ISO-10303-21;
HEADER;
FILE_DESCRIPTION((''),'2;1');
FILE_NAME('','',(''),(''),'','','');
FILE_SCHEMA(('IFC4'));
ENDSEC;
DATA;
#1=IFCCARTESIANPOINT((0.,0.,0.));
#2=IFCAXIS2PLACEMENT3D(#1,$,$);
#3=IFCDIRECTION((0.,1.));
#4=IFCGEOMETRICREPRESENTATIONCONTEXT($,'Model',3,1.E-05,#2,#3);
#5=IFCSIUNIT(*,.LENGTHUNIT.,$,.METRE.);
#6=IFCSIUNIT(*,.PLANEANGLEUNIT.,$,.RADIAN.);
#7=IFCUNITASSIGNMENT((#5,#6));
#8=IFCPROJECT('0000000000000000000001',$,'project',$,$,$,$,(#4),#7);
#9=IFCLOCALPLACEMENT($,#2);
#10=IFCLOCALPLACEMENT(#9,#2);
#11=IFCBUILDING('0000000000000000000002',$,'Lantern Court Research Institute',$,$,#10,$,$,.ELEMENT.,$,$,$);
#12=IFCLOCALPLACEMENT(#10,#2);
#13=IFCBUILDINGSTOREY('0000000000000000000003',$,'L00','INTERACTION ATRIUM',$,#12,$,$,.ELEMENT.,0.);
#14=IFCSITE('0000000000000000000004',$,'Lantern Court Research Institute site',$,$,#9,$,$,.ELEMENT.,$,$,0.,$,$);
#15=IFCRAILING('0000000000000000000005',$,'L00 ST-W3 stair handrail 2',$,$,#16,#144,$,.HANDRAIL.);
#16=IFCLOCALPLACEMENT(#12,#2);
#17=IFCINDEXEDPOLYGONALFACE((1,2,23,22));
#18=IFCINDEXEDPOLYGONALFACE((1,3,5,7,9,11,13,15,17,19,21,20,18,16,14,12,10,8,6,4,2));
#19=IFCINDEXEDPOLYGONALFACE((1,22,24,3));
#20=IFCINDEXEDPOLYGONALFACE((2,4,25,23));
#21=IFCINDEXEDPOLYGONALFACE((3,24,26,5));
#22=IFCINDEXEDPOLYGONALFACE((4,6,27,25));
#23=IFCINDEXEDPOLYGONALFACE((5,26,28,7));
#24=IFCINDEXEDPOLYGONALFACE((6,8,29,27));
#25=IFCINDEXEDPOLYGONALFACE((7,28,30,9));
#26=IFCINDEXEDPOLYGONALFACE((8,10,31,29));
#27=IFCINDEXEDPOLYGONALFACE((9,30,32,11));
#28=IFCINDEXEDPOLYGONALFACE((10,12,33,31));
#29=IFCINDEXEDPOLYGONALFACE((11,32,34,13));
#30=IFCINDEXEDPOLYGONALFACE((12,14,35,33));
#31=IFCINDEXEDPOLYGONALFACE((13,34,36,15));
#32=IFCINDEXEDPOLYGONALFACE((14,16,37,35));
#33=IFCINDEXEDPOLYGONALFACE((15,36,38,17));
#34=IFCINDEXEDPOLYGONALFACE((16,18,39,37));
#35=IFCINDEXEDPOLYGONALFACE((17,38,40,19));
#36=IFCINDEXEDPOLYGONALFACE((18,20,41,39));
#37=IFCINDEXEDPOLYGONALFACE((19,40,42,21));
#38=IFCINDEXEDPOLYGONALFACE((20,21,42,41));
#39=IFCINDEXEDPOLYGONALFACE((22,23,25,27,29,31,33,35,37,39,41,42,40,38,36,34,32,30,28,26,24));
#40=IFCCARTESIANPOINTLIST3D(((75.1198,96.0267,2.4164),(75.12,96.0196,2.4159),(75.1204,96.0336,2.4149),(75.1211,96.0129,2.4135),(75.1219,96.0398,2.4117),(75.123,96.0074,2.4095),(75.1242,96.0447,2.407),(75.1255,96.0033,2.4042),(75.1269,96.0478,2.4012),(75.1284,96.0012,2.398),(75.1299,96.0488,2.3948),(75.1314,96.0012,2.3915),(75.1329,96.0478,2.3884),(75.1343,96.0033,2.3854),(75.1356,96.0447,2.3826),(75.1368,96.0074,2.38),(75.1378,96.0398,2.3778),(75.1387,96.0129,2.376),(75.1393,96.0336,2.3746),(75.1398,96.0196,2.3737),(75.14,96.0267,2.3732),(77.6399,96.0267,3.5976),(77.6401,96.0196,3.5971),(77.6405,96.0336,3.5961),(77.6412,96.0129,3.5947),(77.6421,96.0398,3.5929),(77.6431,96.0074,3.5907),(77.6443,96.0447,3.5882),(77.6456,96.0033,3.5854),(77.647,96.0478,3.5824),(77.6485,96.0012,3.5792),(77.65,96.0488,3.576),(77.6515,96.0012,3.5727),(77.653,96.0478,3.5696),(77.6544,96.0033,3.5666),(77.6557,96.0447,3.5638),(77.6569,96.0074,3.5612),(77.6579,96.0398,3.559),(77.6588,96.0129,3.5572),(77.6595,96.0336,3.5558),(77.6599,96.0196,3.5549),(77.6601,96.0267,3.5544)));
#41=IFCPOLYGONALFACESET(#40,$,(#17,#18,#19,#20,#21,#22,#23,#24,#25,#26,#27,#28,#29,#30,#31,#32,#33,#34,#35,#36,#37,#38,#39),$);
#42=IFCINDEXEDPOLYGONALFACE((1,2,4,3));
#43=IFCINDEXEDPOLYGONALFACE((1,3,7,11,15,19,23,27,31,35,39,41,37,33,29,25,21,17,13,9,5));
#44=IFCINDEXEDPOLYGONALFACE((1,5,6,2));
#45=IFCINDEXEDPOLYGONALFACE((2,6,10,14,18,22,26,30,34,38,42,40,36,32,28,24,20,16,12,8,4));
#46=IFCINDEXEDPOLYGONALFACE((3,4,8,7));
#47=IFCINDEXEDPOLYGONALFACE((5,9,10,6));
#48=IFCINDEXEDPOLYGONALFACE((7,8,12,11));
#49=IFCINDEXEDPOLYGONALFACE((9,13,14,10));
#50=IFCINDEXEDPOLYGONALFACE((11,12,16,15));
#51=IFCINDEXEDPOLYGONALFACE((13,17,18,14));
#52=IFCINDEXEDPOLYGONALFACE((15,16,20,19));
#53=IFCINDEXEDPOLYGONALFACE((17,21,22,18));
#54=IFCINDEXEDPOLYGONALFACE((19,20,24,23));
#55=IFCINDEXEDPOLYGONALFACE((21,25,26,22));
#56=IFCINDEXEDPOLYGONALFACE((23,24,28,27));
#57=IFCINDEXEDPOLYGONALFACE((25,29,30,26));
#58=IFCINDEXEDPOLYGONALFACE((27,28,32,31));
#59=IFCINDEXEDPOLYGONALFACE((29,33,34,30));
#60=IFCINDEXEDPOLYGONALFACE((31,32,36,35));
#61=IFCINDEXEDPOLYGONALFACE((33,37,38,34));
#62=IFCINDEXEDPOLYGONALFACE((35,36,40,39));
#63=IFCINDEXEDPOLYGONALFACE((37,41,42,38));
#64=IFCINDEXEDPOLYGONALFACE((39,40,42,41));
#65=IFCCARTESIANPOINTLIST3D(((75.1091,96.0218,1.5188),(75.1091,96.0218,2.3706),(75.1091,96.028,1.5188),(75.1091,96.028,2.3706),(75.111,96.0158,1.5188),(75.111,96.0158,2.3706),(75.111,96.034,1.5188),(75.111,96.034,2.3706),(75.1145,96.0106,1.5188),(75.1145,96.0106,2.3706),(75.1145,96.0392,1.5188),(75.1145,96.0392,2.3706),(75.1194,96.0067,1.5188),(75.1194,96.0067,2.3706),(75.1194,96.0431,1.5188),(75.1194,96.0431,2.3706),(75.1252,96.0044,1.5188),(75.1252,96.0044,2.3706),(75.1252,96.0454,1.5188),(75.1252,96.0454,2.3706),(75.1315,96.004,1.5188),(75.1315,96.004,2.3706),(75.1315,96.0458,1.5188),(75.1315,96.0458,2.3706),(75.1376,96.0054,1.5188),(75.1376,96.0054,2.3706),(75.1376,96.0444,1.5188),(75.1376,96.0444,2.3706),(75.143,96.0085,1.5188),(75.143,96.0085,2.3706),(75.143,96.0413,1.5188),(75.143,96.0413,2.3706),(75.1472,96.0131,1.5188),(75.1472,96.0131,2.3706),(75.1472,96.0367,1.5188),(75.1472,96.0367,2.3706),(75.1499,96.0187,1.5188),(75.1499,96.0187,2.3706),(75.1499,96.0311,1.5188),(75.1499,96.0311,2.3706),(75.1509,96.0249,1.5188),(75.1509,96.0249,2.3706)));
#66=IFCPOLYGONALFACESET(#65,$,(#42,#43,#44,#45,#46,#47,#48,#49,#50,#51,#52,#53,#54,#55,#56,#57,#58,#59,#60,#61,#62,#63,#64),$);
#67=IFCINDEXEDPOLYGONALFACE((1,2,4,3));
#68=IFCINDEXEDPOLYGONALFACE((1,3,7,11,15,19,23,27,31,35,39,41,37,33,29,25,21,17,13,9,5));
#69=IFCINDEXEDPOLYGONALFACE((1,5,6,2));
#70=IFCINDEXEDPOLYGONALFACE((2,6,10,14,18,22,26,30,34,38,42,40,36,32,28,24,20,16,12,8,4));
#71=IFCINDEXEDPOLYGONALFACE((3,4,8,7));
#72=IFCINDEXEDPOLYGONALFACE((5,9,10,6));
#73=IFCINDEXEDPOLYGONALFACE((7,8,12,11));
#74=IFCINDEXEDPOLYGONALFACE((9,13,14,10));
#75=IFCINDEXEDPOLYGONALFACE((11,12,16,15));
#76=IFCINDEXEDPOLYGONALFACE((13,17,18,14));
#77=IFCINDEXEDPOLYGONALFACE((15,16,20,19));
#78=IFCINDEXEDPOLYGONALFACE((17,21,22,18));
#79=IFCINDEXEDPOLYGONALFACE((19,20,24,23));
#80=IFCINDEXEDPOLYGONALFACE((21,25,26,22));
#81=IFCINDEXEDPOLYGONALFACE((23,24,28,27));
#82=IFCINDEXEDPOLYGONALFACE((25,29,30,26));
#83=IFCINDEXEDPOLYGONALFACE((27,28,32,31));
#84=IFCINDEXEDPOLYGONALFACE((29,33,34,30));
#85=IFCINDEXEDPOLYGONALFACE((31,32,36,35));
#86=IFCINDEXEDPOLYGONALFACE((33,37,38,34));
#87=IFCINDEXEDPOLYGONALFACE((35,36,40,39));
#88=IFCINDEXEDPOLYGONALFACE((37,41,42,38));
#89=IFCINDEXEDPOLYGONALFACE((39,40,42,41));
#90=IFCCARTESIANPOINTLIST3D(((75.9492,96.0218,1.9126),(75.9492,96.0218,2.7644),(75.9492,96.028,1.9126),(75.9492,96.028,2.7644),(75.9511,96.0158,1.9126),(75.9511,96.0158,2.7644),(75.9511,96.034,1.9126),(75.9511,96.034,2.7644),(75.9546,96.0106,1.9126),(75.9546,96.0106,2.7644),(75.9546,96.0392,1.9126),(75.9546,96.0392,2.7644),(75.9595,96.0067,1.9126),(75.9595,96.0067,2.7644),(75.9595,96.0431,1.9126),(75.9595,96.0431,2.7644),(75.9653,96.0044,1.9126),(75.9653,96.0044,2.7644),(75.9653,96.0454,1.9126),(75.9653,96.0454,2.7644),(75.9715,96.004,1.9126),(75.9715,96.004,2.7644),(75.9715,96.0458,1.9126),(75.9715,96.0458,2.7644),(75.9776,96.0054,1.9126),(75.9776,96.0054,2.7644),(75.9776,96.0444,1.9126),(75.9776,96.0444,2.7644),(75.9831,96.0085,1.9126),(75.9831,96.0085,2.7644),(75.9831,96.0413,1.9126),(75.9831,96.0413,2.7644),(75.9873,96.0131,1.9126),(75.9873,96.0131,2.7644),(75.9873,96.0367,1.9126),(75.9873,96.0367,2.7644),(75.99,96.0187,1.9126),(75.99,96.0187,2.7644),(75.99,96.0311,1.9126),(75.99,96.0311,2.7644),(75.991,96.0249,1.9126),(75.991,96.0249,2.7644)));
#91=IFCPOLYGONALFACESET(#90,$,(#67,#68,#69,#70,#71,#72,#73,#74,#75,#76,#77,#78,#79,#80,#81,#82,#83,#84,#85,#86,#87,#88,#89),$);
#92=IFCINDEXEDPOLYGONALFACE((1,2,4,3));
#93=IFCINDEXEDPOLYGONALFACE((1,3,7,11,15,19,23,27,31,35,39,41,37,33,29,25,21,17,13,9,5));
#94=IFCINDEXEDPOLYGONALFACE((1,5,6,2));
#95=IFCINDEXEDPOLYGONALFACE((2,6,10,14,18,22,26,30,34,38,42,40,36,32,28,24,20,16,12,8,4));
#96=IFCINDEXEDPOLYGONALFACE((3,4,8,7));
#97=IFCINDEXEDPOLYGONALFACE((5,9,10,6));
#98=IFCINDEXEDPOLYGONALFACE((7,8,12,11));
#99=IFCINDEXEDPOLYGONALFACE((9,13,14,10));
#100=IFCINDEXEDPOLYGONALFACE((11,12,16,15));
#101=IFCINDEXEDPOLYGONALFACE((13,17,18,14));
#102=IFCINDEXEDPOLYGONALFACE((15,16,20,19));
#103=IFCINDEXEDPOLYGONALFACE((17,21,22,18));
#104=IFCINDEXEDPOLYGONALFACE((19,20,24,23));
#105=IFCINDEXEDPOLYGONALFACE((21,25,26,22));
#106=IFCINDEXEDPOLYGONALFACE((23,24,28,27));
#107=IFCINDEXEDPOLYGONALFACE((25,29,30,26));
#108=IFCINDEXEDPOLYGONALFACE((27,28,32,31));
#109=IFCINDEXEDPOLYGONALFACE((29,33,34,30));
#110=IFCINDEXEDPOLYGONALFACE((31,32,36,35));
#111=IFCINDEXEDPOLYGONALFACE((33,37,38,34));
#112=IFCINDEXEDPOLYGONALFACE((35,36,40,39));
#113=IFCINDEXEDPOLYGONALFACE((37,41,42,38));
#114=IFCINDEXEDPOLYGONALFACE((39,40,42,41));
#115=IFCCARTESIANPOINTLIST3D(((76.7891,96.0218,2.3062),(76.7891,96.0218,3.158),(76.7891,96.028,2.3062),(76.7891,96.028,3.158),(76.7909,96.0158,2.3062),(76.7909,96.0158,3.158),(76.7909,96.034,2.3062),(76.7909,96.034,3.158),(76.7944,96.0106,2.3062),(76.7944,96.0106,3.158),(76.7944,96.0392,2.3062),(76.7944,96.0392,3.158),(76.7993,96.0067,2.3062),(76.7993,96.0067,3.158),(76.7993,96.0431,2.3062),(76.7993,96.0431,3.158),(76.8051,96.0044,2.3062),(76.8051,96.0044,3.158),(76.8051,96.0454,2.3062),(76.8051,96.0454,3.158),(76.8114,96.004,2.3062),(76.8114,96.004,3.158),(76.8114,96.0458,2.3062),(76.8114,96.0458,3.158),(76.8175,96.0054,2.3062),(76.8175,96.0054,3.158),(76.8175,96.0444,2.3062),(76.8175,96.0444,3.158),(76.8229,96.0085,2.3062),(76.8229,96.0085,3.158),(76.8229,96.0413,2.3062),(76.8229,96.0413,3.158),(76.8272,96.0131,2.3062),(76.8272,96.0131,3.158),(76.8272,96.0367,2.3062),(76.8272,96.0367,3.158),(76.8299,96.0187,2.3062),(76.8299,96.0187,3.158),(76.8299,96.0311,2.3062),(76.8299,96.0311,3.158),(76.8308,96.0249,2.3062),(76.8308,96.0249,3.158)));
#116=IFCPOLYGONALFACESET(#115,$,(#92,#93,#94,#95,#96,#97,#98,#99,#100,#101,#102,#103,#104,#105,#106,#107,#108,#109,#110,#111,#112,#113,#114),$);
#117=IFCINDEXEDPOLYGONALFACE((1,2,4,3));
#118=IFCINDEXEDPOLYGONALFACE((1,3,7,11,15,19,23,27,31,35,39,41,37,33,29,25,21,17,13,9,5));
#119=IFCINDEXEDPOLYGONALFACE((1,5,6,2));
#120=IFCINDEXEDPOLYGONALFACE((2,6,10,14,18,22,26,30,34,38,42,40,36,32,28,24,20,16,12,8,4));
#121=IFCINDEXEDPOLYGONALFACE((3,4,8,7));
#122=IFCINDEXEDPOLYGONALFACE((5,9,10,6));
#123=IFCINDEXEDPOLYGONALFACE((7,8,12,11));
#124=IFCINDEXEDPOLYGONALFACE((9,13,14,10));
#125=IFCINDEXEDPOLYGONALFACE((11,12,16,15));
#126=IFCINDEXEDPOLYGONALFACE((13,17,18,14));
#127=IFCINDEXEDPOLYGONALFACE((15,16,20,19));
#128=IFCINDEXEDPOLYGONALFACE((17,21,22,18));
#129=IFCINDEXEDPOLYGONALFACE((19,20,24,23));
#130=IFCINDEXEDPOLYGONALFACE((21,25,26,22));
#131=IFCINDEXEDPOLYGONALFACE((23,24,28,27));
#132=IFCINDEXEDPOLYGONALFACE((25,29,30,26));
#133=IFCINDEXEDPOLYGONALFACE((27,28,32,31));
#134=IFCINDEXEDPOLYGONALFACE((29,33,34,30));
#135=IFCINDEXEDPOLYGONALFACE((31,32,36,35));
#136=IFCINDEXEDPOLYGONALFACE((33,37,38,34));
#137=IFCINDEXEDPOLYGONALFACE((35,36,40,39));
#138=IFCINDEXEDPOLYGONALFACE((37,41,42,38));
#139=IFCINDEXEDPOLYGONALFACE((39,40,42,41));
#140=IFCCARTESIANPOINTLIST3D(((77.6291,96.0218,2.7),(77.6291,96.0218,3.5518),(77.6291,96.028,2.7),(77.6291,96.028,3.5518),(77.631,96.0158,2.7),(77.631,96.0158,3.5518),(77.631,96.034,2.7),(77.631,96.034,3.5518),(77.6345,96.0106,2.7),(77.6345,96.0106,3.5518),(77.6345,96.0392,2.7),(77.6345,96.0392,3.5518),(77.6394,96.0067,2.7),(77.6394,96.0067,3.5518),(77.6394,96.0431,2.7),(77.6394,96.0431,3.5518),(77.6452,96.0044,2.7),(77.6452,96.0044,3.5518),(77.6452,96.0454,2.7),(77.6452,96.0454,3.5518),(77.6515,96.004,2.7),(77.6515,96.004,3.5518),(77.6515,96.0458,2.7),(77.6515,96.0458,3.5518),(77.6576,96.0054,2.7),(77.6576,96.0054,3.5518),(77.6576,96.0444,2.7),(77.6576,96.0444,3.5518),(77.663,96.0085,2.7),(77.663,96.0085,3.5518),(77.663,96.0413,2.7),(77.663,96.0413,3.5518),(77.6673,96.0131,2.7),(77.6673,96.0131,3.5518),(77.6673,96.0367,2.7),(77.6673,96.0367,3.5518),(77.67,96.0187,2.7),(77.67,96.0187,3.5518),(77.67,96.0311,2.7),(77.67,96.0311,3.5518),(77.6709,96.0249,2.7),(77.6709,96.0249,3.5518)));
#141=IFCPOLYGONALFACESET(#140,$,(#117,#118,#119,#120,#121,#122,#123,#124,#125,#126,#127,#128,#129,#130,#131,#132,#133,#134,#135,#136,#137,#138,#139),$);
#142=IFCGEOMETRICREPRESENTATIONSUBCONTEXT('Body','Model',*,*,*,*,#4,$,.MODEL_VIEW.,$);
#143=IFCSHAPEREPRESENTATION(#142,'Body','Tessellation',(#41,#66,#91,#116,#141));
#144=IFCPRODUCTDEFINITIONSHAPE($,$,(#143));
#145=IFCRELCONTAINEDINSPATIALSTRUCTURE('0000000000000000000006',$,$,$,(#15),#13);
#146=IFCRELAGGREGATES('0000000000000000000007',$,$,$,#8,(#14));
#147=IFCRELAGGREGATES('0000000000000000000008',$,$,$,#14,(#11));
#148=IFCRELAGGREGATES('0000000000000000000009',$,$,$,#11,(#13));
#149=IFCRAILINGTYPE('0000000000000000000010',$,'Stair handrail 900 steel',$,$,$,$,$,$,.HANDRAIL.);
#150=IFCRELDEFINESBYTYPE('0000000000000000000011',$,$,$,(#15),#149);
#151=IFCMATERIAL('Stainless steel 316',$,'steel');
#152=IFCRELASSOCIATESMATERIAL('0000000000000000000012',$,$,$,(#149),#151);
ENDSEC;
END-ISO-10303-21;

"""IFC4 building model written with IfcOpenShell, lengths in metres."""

from ifc_helpers import new_model, si_unit, direction, frame, origin, origin_2d, place, context, subcontext, project, spatial, circle, extrude, material, type_object, element, save


model = new_model("IFC4")

# Units and contexts
model_context = context("Model", 3, precision=1e-05, world=origin(), true_north=direction((0.0, 1.0)))
body_context = subcontext(model_context, "Body", "Model", "MODEL_VIEW")
ifc_project = project(units=[si_unit("LENGTHUNIT", "METRE"), si_unit("PLANEANGLEUNIT", "RADIAN")], contexts=[model_context])

# Site, building, storey
site_placement = place(None, origin())
site = spatial("IfcSite", under=ifc_project, at=site_placement, Name="Lantern Court Research Institute site", CompositionType="ELEMENT", RefElevation=0.0)
building_placement = place(site_placement, origin())
building = spatial("IfcBuilding", under=site, at=building_placement, Name="Lantern Court Research Institute", CompositionType="ELEMENT")
storey_placement = place(building_placement, origin())
storey = spatial("IfcBuildingStorey", under=building, at=storey_placement, Name="L00", Description="INTERACTION ATRIUM", CompositionType="ELEMENT", Elevation=0.0)

# Railing
ifc_material_1 = material(Name="Stainless steel 316", Category="steel")
railing_type_1 = type_object("IfcRailingType", Name="Stair handrail 900 steel", PredefinedType="HANDRAIL", material=ifc_material_1)
railing_1_placement = place(storey_placement, frame((75.1299, 96.0249, 1.5188)))
element("IfcRailing", 1, at=railing_1_placement, inside=storey, type_object=railing_type_1, Name="L00 ST-W3 stair handrail 2", PredefinedType="HANDRAIL", context=body_context, shape_type="SweptSolid", body=[
    extrude(circle(Radius=0.0239, at=origin_2d()), frame((0.0, 0.0, 0.876), z_axis=(0.905474, 0.0, 0.424402), x_axis=(0.0, 1.0, 0.0)), (0.0, 0.0, 1.0), 2.7832),
    extrude(circle(Radius=0.021, at=origin_2d()), origin(), (0.0, 0.0, 1.0), 0.8518),
    extrude(circle(Radius=0.021, at=origin_2d()), frame((0.8401, 0.0, 0.3938)), (0.0, 0.0, 1.0), 0.8518),
    extrude(circle(Radius=0.021, at=origin_2d()), frame((1.6799, 0.0, 0.7874)), (0.0, 0.0, 1.0), 0.8518),
    extrude(circle(Radius=0.021, at=origin_2d()), frame((2.52, 0.0, 1.1812)), (0.0, 0.0, 1.0), 0.8518),
])

save(model, "model.ifc")
